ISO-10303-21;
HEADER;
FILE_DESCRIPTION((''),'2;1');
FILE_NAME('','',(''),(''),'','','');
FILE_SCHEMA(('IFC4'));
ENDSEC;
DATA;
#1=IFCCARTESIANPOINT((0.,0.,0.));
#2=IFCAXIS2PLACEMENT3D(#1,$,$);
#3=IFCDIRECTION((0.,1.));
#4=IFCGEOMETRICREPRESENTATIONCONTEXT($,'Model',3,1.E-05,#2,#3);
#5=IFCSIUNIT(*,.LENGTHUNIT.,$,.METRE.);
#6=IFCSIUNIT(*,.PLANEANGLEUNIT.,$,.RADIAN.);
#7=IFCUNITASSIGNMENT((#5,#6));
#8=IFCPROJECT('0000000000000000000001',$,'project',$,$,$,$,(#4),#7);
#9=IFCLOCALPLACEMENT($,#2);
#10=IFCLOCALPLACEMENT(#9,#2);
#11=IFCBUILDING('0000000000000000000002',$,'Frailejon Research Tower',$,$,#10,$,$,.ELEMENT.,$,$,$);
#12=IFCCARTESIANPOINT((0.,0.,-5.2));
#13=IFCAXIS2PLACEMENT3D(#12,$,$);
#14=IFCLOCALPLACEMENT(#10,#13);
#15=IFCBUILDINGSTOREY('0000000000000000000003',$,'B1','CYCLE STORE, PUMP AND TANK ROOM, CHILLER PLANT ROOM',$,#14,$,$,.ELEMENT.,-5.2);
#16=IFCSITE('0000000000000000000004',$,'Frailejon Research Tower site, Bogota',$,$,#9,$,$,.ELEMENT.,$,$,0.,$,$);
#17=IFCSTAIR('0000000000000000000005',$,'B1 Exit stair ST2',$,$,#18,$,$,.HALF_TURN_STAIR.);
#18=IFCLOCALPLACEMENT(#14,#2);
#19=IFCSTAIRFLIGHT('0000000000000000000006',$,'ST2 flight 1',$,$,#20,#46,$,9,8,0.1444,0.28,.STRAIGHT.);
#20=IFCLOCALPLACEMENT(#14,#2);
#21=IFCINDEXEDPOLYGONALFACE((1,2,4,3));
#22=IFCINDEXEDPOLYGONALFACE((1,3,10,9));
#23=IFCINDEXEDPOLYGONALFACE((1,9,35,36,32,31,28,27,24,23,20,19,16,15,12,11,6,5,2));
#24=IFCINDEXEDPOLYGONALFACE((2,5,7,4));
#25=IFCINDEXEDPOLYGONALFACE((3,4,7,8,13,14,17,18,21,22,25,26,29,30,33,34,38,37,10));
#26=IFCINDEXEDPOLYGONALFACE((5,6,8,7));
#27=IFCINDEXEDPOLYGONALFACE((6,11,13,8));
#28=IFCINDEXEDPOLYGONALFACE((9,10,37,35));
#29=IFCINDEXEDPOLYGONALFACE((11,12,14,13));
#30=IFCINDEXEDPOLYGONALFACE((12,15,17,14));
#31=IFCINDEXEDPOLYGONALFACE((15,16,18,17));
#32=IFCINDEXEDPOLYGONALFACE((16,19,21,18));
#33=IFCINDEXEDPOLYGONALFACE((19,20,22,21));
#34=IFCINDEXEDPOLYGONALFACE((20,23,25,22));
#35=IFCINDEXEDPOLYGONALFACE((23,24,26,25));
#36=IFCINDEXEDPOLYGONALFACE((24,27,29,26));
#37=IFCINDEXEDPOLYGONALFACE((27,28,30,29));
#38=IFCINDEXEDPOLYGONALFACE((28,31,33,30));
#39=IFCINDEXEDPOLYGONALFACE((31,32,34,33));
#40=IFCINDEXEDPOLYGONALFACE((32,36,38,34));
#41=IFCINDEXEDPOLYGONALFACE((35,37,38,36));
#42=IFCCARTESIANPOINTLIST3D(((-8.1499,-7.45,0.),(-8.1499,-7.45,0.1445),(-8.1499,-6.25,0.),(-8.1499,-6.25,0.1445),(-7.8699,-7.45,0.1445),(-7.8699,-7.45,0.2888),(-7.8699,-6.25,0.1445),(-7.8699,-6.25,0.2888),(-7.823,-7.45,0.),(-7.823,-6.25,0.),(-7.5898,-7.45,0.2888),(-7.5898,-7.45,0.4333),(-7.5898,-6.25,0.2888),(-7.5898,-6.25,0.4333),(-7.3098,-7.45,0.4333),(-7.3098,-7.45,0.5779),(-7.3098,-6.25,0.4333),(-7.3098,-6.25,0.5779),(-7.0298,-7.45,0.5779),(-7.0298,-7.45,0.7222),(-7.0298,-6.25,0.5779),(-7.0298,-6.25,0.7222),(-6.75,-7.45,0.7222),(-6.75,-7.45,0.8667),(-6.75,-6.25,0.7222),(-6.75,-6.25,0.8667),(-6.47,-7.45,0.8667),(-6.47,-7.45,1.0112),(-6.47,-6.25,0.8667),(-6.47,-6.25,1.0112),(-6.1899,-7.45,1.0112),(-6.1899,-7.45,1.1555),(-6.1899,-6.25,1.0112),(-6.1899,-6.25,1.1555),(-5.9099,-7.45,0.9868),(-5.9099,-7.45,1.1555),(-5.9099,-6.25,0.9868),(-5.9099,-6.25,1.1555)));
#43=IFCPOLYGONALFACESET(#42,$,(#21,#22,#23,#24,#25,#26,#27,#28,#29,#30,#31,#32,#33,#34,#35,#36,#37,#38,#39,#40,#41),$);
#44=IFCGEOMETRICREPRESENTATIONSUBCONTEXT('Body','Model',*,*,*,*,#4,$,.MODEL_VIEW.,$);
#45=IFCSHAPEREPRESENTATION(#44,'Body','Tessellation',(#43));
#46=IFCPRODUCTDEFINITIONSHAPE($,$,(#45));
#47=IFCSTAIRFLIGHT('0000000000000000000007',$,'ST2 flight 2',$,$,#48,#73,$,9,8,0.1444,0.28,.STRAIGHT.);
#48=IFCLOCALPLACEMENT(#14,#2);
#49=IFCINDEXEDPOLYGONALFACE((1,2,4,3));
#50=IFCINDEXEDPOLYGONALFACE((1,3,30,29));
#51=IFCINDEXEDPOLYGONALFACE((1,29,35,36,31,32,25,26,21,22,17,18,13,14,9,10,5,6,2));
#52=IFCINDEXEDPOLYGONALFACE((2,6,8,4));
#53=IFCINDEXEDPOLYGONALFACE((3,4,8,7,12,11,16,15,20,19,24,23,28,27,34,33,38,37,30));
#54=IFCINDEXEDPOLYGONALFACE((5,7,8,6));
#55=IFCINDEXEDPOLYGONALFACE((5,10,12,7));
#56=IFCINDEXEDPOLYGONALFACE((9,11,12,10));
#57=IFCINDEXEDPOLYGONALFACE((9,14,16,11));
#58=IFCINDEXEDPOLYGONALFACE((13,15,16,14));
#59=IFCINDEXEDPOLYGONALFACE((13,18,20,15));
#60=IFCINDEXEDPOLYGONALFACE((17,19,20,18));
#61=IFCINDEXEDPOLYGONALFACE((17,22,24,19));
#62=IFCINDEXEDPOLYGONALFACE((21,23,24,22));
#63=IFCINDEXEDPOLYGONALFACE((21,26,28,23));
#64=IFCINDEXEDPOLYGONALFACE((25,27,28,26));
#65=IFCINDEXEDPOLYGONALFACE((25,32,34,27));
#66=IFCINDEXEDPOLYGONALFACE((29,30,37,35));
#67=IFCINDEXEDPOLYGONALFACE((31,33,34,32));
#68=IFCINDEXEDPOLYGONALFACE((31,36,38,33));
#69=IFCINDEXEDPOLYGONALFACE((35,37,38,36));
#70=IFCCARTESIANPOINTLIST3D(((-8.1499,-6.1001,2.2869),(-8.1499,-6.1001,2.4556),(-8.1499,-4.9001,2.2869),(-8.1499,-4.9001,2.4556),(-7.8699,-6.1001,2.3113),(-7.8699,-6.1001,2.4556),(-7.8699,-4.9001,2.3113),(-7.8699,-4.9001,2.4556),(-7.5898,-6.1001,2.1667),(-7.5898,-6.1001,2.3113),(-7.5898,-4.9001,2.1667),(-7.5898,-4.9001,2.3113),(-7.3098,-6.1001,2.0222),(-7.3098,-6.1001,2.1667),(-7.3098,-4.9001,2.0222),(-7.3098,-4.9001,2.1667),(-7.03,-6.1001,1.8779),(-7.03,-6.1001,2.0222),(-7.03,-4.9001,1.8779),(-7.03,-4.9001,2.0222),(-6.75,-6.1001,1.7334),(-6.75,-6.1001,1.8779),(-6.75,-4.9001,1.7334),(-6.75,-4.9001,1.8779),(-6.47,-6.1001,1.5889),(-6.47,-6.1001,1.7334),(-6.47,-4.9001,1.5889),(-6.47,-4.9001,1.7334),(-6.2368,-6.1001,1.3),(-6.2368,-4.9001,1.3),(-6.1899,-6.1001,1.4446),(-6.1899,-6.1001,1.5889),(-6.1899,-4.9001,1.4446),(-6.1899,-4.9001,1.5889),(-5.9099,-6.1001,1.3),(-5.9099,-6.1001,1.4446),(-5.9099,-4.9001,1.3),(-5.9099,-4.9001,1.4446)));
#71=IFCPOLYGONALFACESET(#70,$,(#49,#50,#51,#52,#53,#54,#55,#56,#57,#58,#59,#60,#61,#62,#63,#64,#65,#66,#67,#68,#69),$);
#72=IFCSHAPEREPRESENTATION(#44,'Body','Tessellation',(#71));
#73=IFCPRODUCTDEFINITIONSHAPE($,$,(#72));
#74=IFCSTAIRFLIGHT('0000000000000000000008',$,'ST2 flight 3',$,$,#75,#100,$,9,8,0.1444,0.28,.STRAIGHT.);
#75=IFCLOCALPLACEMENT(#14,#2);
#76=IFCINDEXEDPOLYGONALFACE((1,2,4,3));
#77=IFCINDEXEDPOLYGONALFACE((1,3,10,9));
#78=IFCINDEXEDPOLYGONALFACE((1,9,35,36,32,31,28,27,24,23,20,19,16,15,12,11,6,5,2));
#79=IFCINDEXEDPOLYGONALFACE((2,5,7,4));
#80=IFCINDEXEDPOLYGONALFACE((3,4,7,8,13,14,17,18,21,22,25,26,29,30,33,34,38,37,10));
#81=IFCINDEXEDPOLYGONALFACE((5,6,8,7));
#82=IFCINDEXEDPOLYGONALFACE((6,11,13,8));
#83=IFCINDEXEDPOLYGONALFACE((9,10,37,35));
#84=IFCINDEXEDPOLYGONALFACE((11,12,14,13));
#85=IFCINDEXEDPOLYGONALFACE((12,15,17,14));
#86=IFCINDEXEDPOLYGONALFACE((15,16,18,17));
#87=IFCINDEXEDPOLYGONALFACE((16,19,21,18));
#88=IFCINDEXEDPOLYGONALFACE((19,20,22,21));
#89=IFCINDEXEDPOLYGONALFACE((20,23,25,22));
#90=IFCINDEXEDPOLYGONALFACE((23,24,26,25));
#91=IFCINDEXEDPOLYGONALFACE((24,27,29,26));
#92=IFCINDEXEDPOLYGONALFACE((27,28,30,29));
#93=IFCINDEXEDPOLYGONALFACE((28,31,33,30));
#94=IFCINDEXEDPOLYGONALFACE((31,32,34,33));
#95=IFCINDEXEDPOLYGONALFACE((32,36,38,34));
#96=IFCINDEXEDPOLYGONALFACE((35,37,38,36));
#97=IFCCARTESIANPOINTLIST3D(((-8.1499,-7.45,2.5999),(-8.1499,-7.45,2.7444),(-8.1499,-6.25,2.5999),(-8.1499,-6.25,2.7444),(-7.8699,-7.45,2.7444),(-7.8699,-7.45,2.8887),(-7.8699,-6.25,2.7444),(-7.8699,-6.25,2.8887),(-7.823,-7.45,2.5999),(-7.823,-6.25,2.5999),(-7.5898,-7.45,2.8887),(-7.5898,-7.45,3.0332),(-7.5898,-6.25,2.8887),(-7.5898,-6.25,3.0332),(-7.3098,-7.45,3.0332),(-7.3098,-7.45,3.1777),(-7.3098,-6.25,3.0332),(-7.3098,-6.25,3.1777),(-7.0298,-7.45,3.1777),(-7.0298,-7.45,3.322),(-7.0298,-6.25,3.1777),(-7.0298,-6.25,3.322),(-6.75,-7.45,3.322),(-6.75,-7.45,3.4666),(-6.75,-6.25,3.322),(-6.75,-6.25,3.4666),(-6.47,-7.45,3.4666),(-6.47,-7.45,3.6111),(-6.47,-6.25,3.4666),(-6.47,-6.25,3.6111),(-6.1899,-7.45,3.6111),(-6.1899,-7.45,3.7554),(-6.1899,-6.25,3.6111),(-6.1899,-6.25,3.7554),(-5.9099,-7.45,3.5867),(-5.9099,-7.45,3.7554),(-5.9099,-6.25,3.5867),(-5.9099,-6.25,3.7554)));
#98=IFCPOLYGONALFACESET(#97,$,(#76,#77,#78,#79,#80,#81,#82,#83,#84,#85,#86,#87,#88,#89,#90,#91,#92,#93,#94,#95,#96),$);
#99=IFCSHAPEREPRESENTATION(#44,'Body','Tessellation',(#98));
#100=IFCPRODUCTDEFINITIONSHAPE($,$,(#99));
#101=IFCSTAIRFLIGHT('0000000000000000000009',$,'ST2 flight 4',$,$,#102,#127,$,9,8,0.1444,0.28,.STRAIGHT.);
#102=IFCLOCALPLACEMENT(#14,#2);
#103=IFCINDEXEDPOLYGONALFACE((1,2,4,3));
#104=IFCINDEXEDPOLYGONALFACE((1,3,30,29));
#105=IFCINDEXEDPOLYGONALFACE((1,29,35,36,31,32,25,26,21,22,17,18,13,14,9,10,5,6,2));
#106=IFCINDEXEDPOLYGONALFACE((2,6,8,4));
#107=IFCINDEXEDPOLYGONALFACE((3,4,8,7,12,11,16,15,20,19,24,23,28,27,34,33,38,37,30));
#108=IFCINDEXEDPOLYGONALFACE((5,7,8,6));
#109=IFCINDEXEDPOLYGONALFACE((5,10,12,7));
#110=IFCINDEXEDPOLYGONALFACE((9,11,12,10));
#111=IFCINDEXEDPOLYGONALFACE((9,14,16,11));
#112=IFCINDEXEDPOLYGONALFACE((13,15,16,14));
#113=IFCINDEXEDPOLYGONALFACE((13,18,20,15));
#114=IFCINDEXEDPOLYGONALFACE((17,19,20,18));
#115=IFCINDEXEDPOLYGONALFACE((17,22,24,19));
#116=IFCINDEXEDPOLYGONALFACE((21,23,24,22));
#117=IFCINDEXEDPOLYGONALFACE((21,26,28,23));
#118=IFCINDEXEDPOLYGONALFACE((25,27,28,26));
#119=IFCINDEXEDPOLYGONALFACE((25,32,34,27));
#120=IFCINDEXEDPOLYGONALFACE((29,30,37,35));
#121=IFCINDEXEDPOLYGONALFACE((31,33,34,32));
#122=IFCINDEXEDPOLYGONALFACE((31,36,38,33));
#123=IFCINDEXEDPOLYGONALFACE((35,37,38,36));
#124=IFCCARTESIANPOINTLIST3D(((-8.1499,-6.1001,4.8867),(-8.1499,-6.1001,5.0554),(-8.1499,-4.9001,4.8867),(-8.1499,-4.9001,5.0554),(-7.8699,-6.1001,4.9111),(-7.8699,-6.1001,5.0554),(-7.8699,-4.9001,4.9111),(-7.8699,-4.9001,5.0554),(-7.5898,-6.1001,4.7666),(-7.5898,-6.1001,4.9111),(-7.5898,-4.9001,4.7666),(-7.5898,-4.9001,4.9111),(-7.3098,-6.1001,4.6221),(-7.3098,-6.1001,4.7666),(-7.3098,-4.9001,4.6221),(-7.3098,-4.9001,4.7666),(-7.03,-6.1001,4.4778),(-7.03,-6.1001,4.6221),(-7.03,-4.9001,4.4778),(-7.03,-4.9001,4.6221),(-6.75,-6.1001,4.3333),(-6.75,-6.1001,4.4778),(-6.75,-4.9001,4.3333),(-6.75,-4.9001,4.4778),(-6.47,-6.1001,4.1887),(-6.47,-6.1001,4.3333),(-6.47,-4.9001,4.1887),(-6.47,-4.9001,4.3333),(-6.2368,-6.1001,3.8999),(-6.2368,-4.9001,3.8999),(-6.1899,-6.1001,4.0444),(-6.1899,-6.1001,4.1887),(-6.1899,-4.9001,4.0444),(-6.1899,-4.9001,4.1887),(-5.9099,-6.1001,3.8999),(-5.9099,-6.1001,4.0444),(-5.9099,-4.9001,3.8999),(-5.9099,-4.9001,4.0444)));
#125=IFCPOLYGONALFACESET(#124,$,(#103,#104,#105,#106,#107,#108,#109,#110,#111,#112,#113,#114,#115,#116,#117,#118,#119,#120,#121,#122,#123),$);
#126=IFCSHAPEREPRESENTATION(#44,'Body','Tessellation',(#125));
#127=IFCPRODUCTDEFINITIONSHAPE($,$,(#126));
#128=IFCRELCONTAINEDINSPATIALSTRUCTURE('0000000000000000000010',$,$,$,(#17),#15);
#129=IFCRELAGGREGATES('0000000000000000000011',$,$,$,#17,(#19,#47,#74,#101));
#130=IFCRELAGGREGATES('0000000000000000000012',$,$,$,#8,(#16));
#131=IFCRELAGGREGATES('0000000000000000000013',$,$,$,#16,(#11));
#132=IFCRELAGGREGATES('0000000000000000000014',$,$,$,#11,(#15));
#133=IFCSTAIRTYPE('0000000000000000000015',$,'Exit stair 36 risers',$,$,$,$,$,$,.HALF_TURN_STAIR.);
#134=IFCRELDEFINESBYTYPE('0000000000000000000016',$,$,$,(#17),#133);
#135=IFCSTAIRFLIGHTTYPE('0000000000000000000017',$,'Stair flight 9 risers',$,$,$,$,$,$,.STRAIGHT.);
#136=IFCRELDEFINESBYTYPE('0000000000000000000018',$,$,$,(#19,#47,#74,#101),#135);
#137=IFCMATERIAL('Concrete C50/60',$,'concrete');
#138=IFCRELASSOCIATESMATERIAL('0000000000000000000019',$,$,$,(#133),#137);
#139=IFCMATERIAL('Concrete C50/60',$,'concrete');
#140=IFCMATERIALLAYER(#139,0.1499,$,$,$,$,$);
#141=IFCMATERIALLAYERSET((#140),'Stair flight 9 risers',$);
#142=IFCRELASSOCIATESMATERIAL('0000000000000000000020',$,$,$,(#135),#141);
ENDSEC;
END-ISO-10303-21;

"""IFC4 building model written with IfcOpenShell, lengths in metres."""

from ifc_helpers import new_model, si_unit, direction, frame, origin, place, context, subcontext, project, spatial, polyline, outline, extrude, material, layer, layer_set, type_object, element, aggregate, save


model = new_model("IFC4")

# Units and contexts
model_context = context("Model", 3, precision=1e-05, world=origin(), true_north=direction((0.0, 1.0)))
body_context = subcontext(model_context, "Body", "Model", "MODEL_VIEW")
ifc_project = project(units=[si_unit("LENGTHUNIT", "METRE"), si_unit("PLANEANGLEUNIT", "RADIAN")], contexts=[model_context])

# Site, building, storey
site_placement = place(None, origin())
site = spatial("IfcSite", under=ifc_project, at=site_placement, Name="Frailejon Research Tower site, Bogota", CompositionType="ELEMENT", RefElevation=0.0)
building_placement = place(site_placement, origin())
building = spatial("IfcBuilding", under=site, at=building_placement, Name="Frailejon Research Tower", CompositionType="ELEMENT")
storey_placement = place(building_placement, frame((0.0, 0.0, -5.2)))
storey = spatial("IfcBuildingStorey", under=building, at=storey_placement, Name="B1", Description="CYCLE STORE, PUMP AND TANK ROOM, CHILLER PLANT ROOM", CompositionType="ELEMENT", Elevation=-5.2)

# Stair, stair flights
ifc_material_1 = material(Name="Concrete C50/60", Category="concrete")
stair_type = type_object("IfcStairType", Name="Exit stair 36 risers", PredefinedType="HALF_TURN_STAIR", material=ifc_material_1)
stair_placement = place(storey_placement, origin())
stair = element("IfcStair", 1, at=stair_placement, inside=storey, type_object=stair_type, Name="B1 Exit stair ST2", PredefinedType="HALF_TURN_STAIR")
ifc_material_2 = material(Name="Concrete C50/60", Category="concrete")
ifc_layer_1 = layer(ifc_material_2, 0.1499)
ifc_layer_set_1 = layer_set([ifc_layer_1], Name="Stair flight 9 risers")
stair_flight_type = type_object("IfcStairFlightType", Name="Stair flight 9 risers", PredefinedType="STRAIGHT", material=ifc_layer_set_1)
stair_flight_1_placement = place(storey_placement, frame((-8.1499, -6.8501, 0.0), z_axis=(0.0, 0.0, 1.0), x_axis=(1.0, 0.0, 0.0)))
stair_flight_1 = element("IfcStairFlight", 2, at=stair_flight_1_placement, type_object=stair_flight_type, Name="ST2 flight 1", NumberOfRisers=9, NumberOfTreads=8, PredefinedType="STRAIGHT", RiserHeight=0.1444, TreadLength=0.28, context=body_context, shape_type="SweptSolid", body=[
    extrude(outline(polyline([(0.0, 0.0), (0.0, 0.1445), (0.28, 0.1445), (0.28, 0.2888), (0.5601, 0.2888), (0.5601, 0.4333), (0.8401, 0.4333), (0.8401, 0.5779), (1.1201, 0.5779), (1.1201, 0.7222), (1.3999, 0.7222), (1.3999, 0.8667), (1.6799, 0.8667), (1.6799, 1.0112), (1.96, 1.0112), (1.96, 1.1555), (2.24, 1.1555), (2.24, 1.3), (2.24, 0.9868), (0.3269, 0.0), (0.0, 0.0)])), frame((0.0, 0.6001, 0.0), z_axis=(0.0, -1.0, 0.0), x_axis=(1.0, 0.0, 0.0)), (0.0, 0.0, 1.0), 1.2),
])
stair_flight_2_placement = place(storey_placement, frame((-5.9099, -5.5, 1.3), z_axis=(0.0, 0.0, 1.0), x_axis=(-1.0, 0.0, 0.0)))
stair_flight_2 = element("IfcStairFlight", 3, at=stair_flight_2_placement, type_object=stair_flight_type, Name="ST2 flight 2", NumberOfRisers=9, NumberOfTreads=8, PredefinedType="STRAIGHT", RiserHeight=0.1444, TreadLength=0.28, context=body_context, shape_type="SweptSolid", body=[
    extrude(outline(polyline([(0.0, 0.0), (0.0, 0.1445), (0.28, 0.1445), (0.28, 0.2888), (0.5601, 0.2888), (0.5601, 0.4333), (0.8401, 0.4333), (0.8401, 0.5779), (1.1201, 0.5779), (1.1201, 0.7222), (1.3999, 0.7222), (1.3999, 0.8667), (1.6799, 0.8667), (1.6799, 1.0112), (1.96, 1.0112), (1.96, 1.1555), (2.24, 1.1555), (2.24, 1.3), (2.24, 0.9868), (0.3269, 0.0), (0.0, 0.0)])), frame((0.0, 0.6001, 0.0), z_axis=(0.0, -1.0, 0.0), x_axis=(1.0, 0.0, 0.0)), (0.0, 0.0, 1.0), 1.2),
])
stair_flight_3_placement = place(storey_placement, frame((-8.1499, -6.8501, 2.5999), z_axis=(0.0, 0.0, 1.0), x_axis=(1.0, 0.0, 0.0)))
stair_flight_3 = element("IfcStairFlight", 4, at=stair_flight_3_placement, type_object=stair_flight_type, Name="ST2 flight 3", NumberOfRisers=9, NumberOfTreads=8, PredefinedType="STRAIGHT", RiserHeight=0.1444, TreadLength=0.28, context=body_context, shape_type="SweptSolid", body=[
    extrude(outline(polyline([(0.0, 0.0), (0.0, 0.1445), (0.28, 0.1445), (0.28, 0.2888), (0.5601, 0.2888), (0.5601, 0.4333), (0.8401, 0.4333), (0.8401, 0.5779), (1.1201, 0.5779), (1.1201, 0.7222), (1.3999, 0.7222), (1.3999, 0.8667), (1.6799, 0.8667), (1.6799, 1.0112), (1.96, 1.0112), (1.96, 1.1555), (2.24, 1.1555), (2.24, 1.3), (2.24, 0.9868), (0.3269, 0.0), (0.0, 0.0)])), frame((0.0, 0.6001, 0.0), z_axis=(0.0, -1.0, 0.0), x_axis=(1.0, 0.0, 0.0)), (0.0, 0.0, 1.0), 1.2),
])
stair_flight_4_placement = place(storey_placement, frame((-5.9099, -5.5, 3.8999), z_axis=(0.0, 0.0, 1.0), x_axis=(-1.0, 0.0, 0.0)))
stair_flight_4 = element("IfcStairFlight", 5, at=stair_flight_4_placement, type_object=stair_flight_type, Name="ST2 flight 4", NumberOfRisers=9, NumberOfTreads=8, PredefinedType="STRAIGHT", RiserHeight=0.1444, TreadLength=0.28, context=body_context, shape_type="SweptSolid", body=[
    extrude(outline(polyline([(0.0, 0.0), (0.0, 0.1445), (0.28, 0.1445), (0.28, 0.2888), (0.5601, 0.2888), (0.5601, 0.4333), (0.8401, 0.4333), (0.8401, 0.5779), (1.1201, 0.5779), (1.1201, 0.7222), (1.3999, 0.7222), (1.3999, 0.8667), (1.6799, 0.8667), (1.6799, 1.0112), (1.96, 1.0112), (1.96, 1.1555), (2.24, 1.1555), (2.24, 1.3), (2.24, 0.9868), (0.3269, 0.0), (0.0, 0.0)])), frame((0.0, 0.6001, 0.0), z_axis=(0.0, -1.0, 0.0), x_axis=(1.0, 0.0, 0.0)), (0.0, 0.0, 1.0), 1.2),
])
aggregate(stair, [stair_flight_1, stair_flight_2, stair_flight_3, stair_flight_4])

save(model, "model.ifc")
